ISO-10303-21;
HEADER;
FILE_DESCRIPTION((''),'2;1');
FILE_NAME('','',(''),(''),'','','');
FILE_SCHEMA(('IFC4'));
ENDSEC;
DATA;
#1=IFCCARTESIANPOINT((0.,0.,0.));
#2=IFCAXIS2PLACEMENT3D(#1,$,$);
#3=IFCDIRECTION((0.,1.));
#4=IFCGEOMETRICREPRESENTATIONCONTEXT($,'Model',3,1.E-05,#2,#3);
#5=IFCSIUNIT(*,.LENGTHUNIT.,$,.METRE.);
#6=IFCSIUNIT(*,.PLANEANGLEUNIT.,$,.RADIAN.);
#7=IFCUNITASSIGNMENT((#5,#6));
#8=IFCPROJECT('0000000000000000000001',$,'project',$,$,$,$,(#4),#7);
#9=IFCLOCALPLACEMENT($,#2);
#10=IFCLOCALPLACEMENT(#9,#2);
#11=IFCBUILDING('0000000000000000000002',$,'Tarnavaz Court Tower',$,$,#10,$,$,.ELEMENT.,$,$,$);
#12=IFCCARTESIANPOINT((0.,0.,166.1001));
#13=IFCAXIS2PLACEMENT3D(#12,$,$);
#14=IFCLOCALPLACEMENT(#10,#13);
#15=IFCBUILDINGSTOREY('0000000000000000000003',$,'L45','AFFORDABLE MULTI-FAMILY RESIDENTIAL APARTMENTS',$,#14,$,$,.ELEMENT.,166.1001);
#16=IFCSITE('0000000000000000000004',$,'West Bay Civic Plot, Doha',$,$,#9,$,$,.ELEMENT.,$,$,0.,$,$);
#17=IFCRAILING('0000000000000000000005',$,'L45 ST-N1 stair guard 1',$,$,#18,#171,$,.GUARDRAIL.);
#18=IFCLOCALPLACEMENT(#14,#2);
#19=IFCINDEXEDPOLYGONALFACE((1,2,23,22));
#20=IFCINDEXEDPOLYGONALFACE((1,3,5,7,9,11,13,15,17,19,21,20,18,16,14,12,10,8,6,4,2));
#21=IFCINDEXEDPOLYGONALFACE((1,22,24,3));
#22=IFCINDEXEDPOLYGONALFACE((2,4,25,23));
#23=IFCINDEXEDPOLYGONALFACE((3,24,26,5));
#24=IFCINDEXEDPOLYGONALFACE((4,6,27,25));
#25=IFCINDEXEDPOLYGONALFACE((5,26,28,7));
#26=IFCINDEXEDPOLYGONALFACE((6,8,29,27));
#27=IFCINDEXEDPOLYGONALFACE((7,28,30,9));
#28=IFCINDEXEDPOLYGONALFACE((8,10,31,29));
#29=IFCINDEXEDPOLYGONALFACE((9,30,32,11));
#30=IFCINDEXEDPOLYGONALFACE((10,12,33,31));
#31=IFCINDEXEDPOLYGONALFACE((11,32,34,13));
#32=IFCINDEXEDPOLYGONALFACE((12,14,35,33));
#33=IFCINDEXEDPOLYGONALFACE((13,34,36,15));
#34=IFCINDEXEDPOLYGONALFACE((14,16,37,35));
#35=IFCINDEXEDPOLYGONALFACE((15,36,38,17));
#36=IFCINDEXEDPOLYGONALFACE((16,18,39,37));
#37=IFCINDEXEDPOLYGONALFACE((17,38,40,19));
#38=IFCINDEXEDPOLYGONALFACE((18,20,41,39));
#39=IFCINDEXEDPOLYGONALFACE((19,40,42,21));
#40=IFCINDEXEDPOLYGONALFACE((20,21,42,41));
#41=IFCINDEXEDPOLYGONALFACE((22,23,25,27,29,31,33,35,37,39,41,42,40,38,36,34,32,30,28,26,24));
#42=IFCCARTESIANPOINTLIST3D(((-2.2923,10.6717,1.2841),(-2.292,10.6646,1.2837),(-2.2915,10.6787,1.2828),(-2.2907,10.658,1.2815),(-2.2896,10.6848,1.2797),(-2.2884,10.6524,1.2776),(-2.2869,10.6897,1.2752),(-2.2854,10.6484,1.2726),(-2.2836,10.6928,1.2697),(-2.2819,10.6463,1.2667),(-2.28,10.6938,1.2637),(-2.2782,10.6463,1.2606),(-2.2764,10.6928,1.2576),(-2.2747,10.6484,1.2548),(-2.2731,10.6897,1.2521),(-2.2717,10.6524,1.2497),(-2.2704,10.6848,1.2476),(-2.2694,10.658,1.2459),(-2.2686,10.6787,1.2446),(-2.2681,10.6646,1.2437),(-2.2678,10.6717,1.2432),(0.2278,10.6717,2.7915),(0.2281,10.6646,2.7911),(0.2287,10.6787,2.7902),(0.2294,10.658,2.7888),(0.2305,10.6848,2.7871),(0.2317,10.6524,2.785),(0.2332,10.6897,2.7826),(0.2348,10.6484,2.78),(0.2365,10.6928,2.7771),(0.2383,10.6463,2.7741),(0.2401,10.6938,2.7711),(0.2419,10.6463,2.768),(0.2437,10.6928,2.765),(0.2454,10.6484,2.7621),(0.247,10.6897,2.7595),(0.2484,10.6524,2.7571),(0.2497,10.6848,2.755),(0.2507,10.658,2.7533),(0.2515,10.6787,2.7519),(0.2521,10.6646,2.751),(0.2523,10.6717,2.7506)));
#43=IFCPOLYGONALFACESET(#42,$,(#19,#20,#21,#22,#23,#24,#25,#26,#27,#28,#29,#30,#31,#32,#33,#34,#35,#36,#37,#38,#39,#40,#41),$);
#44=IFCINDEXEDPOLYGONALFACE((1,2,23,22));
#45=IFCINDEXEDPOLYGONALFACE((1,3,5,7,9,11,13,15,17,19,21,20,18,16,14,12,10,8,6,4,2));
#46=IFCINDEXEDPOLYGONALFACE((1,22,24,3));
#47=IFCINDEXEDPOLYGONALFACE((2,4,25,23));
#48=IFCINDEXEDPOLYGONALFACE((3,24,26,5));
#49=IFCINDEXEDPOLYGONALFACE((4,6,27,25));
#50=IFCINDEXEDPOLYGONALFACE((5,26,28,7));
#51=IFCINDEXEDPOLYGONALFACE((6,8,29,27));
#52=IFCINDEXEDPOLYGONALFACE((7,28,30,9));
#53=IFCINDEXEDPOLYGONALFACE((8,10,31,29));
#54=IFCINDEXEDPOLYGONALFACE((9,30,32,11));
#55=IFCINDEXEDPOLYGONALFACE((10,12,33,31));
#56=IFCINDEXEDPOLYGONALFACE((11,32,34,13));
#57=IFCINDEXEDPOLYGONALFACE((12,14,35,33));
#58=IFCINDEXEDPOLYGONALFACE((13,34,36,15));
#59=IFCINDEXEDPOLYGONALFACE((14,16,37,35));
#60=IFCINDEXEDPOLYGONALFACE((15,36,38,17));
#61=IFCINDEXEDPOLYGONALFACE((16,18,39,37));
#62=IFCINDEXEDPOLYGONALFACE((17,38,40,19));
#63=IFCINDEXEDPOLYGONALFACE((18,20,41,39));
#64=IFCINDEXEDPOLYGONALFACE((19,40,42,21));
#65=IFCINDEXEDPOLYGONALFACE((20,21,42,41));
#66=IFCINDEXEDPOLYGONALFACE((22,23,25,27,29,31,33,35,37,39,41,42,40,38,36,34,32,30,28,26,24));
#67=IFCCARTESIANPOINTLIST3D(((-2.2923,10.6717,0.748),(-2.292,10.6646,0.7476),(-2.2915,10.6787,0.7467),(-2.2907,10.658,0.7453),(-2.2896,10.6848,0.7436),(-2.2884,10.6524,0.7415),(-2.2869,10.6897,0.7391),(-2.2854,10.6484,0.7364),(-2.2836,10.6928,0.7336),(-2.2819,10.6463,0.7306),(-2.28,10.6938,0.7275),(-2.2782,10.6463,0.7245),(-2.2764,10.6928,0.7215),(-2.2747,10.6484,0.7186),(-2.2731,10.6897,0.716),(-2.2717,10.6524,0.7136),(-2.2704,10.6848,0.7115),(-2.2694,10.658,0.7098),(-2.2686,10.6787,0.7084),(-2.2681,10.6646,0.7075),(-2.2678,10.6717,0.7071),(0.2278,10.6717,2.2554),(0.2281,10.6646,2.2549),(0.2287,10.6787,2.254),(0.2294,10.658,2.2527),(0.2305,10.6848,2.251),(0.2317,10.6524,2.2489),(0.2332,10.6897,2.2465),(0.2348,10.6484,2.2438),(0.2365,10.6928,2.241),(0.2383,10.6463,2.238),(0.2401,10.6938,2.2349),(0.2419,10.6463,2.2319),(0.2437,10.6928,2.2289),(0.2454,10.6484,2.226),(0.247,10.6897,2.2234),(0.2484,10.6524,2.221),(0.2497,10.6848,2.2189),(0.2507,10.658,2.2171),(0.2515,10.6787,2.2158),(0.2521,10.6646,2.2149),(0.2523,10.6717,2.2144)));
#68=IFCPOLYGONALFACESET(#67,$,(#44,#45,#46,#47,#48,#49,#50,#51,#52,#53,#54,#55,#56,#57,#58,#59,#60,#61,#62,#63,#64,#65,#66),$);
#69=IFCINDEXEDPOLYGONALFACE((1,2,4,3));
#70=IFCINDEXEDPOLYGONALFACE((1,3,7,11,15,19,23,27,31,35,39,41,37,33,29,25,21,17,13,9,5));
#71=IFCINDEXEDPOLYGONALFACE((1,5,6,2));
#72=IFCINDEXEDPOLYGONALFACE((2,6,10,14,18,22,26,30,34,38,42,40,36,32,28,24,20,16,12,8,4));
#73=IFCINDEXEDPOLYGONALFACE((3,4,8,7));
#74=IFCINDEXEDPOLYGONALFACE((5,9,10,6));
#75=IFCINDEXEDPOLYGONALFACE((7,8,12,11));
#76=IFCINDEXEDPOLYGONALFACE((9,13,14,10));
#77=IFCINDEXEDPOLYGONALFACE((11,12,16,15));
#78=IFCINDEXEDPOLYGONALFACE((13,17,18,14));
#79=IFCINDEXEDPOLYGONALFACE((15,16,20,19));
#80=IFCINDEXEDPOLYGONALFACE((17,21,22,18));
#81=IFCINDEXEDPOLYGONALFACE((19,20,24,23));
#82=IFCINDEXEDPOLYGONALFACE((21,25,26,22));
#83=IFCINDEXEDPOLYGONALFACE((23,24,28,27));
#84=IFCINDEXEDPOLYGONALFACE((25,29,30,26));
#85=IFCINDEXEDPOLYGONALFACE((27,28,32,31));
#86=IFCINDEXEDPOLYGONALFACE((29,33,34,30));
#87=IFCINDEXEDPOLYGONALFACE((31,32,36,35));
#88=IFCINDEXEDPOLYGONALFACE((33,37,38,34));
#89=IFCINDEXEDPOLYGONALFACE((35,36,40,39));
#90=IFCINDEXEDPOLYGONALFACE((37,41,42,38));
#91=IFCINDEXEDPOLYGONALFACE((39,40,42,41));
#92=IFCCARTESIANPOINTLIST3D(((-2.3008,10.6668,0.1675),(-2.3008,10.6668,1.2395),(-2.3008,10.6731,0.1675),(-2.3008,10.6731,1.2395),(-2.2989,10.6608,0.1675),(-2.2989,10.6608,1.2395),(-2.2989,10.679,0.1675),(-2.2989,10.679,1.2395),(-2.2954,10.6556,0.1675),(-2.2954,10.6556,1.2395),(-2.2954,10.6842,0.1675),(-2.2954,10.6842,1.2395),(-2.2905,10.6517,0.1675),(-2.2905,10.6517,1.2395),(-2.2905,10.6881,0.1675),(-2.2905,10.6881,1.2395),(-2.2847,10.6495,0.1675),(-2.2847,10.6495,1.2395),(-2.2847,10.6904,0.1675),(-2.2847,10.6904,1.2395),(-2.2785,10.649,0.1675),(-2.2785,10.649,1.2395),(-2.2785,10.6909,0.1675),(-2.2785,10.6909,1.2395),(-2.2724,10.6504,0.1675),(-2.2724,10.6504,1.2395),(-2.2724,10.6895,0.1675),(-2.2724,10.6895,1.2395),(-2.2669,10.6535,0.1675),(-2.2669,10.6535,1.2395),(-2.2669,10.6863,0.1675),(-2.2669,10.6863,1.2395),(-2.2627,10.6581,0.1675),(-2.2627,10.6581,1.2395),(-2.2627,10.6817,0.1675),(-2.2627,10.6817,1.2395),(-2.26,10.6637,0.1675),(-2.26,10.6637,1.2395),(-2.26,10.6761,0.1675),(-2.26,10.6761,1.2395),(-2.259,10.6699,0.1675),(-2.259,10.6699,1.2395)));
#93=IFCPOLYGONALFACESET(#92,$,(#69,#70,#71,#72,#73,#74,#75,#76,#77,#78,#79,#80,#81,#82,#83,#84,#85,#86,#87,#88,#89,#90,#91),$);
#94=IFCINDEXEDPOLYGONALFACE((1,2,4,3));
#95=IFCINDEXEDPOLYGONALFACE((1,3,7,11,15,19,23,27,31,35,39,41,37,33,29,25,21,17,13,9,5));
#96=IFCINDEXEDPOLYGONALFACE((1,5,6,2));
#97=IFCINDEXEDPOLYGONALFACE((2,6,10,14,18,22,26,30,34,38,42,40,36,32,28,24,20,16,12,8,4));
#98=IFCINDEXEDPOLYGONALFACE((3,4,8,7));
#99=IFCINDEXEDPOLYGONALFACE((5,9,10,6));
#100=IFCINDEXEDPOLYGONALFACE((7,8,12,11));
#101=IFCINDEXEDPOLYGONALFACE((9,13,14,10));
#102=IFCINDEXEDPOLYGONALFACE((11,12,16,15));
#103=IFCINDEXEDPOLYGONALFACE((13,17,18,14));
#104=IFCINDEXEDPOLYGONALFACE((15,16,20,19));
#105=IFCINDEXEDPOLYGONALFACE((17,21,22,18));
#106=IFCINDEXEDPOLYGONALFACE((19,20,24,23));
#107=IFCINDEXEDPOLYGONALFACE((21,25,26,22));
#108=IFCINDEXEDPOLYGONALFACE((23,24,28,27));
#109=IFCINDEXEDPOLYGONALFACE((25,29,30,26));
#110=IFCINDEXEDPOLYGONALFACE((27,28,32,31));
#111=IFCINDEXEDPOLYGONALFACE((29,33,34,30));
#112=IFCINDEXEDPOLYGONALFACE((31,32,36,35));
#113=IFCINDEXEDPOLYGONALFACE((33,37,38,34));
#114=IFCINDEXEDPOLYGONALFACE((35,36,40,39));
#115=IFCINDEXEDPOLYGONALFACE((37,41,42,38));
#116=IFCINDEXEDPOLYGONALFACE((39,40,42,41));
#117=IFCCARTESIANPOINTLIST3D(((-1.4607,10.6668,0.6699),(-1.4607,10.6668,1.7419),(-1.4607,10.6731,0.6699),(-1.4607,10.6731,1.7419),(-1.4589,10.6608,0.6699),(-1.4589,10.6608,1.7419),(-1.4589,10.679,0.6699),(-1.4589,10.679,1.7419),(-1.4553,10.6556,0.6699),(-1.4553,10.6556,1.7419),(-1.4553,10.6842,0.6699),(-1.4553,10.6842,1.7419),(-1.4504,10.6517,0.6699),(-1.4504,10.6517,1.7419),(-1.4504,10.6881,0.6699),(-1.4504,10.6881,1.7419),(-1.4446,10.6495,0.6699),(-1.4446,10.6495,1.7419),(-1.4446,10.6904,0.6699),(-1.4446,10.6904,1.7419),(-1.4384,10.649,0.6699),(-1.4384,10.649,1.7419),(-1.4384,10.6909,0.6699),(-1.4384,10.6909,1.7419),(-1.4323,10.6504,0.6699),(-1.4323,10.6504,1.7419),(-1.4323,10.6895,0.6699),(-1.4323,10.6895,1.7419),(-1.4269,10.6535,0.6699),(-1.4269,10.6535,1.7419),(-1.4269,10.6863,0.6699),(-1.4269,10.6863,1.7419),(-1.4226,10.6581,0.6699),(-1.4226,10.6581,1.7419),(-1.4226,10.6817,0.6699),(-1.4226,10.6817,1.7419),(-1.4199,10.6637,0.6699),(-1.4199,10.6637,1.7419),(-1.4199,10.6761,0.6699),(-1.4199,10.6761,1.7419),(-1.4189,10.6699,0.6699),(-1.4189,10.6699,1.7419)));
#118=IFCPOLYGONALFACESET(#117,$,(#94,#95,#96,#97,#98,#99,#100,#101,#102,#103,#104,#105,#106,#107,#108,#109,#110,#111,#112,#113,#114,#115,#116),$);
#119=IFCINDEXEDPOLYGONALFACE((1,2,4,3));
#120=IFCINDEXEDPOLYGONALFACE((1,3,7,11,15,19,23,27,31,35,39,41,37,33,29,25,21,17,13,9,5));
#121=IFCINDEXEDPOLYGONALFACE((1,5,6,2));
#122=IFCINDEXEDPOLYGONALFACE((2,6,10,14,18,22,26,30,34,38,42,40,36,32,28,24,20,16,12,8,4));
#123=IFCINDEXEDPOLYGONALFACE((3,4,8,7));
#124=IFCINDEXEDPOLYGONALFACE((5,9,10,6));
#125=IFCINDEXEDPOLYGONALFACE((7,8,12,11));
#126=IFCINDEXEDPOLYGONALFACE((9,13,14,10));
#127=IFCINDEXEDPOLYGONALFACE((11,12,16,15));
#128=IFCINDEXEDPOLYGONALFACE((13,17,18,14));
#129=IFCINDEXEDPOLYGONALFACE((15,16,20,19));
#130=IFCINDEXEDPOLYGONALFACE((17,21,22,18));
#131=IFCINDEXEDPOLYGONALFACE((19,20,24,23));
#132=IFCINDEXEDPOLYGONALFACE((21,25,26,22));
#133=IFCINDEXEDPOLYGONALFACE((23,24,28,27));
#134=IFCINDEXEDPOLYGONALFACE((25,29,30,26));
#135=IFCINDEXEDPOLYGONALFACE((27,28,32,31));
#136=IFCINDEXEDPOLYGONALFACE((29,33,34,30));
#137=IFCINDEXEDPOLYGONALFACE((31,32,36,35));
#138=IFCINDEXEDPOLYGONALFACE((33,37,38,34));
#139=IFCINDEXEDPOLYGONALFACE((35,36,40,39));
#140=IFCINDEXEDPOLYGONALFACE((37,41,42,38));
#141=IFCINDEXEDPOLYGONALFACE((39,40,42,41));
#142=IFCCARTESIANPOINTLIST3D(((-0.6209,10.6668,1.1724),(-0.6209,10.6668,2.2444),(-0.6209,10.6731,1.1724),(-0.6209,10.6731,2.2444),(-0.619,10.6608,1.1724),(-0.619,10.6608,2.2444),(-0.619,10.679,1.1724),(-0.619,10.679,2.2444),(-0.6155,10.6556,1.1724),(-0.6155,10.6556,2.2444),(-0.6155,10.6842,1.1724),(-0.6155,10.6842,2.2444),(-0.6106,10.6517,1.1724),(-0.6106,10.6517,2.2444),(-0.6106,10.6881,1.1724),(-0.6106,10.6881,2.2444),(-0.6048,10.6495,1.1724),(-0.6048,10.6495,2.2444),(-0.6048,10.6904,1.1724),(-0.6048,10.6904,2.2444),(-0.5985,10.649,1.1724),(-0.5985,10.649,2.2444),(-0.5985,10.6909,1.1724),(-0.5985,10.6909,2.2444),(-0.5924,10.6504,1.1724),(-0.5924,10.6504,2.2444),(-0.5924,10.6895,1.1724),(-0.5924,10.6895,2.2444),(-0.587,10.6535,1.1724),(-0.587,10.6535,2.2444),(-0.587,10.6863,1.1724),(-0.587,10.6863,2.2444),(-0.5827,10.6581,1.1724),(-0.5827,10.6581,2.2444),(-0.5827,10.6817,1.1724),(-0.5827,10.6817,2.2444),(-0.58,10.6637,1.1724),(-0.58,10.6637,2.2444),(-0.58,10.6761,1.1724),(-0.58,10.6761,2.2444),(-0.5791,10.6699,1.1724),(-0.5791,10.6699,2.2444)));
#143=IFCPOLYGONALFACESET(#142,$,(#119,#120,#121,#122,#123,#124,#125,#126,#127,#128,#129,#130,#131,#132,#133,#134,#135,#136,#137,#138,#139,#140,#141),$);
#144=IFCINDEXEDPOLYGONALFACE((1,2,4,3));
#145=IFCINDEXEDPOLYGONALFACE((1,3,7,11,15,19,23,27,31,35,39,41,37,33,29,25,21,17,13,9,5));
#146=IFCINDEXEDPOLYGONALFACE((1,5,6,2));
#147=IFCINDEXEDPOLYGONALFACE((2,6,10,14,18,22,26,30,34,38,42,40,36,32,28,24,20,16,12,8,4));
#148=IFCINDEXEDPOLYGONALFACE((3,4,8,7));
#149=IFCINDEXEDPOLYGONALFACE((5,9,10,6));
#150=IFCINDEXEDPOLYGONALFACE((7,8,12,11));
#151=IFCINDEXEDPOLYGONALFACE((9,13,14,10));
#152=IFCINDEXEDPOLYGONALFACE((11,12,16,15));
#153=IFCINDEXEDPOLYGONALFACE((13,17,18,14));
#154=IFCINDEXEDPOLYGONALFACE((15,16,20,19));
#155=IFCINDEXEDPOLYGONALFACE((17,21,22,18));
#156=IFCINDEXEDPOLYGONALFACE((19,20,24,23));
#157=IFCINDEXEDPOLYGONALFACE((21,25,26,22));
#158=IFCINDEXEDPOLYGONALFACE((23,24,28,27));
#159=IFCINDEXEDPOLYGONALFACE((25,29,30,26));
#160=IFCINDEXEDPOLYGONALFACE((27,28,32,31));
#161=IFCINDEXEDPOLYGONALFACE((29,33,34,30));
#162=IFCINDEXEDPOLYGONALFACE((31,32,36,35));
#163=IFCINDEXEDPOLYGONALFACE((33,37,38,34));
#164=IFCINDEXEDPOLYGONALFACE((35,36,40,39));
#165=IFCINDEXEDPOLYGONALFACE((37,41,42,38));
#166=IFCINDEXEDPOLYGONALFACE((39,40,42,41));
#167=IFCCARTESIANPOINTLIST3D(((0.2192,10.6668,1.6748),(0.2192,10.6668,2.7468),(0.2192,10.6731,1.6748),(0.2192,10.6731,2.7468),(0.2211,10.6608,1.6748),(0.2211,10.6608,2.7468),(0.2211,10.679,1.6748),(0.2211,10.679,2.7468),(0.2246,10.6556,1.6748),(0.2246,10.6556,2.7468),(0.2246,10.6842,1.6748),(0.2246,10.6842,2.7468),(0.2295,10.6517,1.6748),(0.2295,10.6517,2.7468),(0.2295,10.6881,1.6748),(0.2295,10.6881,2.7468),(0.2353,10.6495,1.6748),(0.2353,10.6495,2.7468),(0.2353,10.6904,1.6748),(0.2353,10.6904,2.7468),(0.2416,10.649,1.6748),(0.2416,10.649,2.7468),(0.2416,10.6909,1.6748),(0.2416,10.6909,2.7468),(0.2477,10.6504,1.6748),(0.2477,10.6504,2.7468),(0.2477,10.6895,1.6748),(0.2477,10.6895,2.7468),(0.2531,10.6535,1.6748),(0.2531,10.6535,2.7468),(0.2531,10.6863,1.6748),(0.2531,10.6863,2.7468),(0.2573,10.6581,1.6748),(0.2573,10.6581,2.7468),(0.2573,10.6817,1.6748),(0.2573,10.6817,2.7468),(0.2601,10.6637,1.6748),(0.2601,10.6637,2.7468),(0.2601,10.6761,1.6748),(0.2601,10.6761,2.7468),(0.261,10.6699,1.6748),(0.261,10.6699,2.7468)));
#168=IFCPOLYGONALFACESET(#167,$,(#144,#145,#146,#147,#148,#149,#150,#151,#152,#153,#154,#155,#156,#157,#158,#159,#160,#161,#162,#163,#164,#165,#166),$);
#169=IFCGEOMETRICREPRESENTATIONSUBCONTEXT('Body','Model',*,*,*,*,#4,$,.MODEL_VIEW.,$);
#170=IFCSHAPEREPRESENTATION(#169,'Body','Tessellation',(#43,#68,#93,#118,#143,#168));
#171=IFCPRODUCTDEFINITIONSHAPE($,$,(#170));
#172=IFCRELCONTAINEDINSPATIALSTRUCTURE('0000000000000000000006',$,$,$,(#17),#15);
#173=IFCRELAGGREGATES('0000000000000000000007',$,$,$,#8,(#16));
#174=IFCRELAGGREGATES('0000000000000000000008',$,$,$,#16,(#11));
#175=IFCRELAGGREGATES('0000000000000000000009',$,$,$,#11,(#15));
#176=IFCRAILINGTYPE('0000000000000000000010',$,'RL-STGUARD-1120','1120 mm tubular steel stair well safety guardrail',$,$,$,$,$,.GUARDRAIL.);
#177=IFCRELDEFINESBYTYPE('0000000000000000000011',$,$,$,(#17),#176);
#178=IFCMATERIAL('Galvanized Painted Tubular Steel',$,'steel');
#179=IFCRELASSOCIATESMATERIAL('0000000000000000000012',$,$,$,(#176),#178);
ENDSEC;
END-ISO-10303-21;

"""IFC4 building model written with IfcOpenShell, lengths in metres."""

from ifc_helpers import new_model, si_unit, direction, frame, origin, origin_2d, place, context, subcontext, project, spatial, circle, extrude, material, type_object, element, save


model = new_model("IFC4")

# Units and contexts
model_context = context("Model", 3, precision=1e-05, world=origin(), true_north=direction((0.0, 1.0)))
body_context = subcontext(model_context, "Body", "Model", "MODEL_VIEW")
ifc_project = project(units=[si_unit("LENGTHUNIT", "METRE"), si_unit("PLANEANGLEUNIT", "RADIAN")], contexts=[model_context])

# Site, building, storey
site_placement = place(None, origin())
site = spatial("IfcSite", under=ifc_project, at=site_placement, Name="West Bay Civic Plot, Doha", CompositionType="ELEMENT", RefElevation=0.0)
building_placement = place(site_placement, origin())
building = spatial("IfcBuilding", under=site, at=building_placement, Name="Tarnavaz Court Tower", CompositionType="ELEMENT")
storey_placement = place(building_placement, frame((0.0, 0.0, 166.1001)))
storey = spatial("IfcBuildingStorey", under=building, at=storey_placement, Name="L45", Description="AFFORDABLE MULTI-FAMILY RESIDENTIAL APARTMENTS", CompositionType="ELEMENT", Elevation=166.1001)

# Railing
ifc_material_1 = material(Name="Galvanized Painted Tubular Steel", Category="steel")
railing_type_1 = type_object("IfcRailingType", Name="RL-STGUARD-1120", Description="1120 mm tubular steel stair well safety guardrail", PredefinedType="GUARDRAIL", material=ifc_material_1)
railing_1_placement = place(storey_placement, frame((-2.28, 10.6699, 0.1675)))
element("IfcRailing", 1, at=railing_1_placement, inside=storey, type_object=railing_type_1, Name="L45 ST-N1 stair guard 1", PredefinedType="GUARDRAIL", context=body_context, shape_type="SweptSolid", body=[
    extrude(circle(Radius=0.0239, at=origin_2d()), frame((0.0, 0.0, 1.0962), z_axis=(0.858196, 0.0, 0.513321), x_axis=(0.0, 1.0, 0.0)), (0.0, 0.0, 1.0), 2.9365),
    extrude(circle(Radius=0.0239, at=origin_2d()), frame((0.0, 0.0, 0.5601), z_axis=(0.858196, 0.0, 0.513321), x_axis=(0.0, 1.0, 0.0)), (0.0, 0.0, 1.0), 2.9365),
    extrude(circle(Radius=0.021, at=origin_2d()), origin(), (0.0, 0.0, 1.0), 1.072),
    extrude(circle(Radius=0.021, at=origin_2d()), frame((0.8401, 0.0, 0.5024)), (0.0, 0.0, 1.0), 1.072),
    extrude(circle(Radius=0.021, at=origin_2d()), frame((1.6799, 0.0, 1.0049)), (0.0, 0.0, 1.0), 1.072),
    extrude(circle(Radius=0.021, at=origin_2d()), frame((2.52, 0.0, 1.5073)), (0.0, 0.0, 1.0), 1.072),
])

save(model, "model.ifc")
